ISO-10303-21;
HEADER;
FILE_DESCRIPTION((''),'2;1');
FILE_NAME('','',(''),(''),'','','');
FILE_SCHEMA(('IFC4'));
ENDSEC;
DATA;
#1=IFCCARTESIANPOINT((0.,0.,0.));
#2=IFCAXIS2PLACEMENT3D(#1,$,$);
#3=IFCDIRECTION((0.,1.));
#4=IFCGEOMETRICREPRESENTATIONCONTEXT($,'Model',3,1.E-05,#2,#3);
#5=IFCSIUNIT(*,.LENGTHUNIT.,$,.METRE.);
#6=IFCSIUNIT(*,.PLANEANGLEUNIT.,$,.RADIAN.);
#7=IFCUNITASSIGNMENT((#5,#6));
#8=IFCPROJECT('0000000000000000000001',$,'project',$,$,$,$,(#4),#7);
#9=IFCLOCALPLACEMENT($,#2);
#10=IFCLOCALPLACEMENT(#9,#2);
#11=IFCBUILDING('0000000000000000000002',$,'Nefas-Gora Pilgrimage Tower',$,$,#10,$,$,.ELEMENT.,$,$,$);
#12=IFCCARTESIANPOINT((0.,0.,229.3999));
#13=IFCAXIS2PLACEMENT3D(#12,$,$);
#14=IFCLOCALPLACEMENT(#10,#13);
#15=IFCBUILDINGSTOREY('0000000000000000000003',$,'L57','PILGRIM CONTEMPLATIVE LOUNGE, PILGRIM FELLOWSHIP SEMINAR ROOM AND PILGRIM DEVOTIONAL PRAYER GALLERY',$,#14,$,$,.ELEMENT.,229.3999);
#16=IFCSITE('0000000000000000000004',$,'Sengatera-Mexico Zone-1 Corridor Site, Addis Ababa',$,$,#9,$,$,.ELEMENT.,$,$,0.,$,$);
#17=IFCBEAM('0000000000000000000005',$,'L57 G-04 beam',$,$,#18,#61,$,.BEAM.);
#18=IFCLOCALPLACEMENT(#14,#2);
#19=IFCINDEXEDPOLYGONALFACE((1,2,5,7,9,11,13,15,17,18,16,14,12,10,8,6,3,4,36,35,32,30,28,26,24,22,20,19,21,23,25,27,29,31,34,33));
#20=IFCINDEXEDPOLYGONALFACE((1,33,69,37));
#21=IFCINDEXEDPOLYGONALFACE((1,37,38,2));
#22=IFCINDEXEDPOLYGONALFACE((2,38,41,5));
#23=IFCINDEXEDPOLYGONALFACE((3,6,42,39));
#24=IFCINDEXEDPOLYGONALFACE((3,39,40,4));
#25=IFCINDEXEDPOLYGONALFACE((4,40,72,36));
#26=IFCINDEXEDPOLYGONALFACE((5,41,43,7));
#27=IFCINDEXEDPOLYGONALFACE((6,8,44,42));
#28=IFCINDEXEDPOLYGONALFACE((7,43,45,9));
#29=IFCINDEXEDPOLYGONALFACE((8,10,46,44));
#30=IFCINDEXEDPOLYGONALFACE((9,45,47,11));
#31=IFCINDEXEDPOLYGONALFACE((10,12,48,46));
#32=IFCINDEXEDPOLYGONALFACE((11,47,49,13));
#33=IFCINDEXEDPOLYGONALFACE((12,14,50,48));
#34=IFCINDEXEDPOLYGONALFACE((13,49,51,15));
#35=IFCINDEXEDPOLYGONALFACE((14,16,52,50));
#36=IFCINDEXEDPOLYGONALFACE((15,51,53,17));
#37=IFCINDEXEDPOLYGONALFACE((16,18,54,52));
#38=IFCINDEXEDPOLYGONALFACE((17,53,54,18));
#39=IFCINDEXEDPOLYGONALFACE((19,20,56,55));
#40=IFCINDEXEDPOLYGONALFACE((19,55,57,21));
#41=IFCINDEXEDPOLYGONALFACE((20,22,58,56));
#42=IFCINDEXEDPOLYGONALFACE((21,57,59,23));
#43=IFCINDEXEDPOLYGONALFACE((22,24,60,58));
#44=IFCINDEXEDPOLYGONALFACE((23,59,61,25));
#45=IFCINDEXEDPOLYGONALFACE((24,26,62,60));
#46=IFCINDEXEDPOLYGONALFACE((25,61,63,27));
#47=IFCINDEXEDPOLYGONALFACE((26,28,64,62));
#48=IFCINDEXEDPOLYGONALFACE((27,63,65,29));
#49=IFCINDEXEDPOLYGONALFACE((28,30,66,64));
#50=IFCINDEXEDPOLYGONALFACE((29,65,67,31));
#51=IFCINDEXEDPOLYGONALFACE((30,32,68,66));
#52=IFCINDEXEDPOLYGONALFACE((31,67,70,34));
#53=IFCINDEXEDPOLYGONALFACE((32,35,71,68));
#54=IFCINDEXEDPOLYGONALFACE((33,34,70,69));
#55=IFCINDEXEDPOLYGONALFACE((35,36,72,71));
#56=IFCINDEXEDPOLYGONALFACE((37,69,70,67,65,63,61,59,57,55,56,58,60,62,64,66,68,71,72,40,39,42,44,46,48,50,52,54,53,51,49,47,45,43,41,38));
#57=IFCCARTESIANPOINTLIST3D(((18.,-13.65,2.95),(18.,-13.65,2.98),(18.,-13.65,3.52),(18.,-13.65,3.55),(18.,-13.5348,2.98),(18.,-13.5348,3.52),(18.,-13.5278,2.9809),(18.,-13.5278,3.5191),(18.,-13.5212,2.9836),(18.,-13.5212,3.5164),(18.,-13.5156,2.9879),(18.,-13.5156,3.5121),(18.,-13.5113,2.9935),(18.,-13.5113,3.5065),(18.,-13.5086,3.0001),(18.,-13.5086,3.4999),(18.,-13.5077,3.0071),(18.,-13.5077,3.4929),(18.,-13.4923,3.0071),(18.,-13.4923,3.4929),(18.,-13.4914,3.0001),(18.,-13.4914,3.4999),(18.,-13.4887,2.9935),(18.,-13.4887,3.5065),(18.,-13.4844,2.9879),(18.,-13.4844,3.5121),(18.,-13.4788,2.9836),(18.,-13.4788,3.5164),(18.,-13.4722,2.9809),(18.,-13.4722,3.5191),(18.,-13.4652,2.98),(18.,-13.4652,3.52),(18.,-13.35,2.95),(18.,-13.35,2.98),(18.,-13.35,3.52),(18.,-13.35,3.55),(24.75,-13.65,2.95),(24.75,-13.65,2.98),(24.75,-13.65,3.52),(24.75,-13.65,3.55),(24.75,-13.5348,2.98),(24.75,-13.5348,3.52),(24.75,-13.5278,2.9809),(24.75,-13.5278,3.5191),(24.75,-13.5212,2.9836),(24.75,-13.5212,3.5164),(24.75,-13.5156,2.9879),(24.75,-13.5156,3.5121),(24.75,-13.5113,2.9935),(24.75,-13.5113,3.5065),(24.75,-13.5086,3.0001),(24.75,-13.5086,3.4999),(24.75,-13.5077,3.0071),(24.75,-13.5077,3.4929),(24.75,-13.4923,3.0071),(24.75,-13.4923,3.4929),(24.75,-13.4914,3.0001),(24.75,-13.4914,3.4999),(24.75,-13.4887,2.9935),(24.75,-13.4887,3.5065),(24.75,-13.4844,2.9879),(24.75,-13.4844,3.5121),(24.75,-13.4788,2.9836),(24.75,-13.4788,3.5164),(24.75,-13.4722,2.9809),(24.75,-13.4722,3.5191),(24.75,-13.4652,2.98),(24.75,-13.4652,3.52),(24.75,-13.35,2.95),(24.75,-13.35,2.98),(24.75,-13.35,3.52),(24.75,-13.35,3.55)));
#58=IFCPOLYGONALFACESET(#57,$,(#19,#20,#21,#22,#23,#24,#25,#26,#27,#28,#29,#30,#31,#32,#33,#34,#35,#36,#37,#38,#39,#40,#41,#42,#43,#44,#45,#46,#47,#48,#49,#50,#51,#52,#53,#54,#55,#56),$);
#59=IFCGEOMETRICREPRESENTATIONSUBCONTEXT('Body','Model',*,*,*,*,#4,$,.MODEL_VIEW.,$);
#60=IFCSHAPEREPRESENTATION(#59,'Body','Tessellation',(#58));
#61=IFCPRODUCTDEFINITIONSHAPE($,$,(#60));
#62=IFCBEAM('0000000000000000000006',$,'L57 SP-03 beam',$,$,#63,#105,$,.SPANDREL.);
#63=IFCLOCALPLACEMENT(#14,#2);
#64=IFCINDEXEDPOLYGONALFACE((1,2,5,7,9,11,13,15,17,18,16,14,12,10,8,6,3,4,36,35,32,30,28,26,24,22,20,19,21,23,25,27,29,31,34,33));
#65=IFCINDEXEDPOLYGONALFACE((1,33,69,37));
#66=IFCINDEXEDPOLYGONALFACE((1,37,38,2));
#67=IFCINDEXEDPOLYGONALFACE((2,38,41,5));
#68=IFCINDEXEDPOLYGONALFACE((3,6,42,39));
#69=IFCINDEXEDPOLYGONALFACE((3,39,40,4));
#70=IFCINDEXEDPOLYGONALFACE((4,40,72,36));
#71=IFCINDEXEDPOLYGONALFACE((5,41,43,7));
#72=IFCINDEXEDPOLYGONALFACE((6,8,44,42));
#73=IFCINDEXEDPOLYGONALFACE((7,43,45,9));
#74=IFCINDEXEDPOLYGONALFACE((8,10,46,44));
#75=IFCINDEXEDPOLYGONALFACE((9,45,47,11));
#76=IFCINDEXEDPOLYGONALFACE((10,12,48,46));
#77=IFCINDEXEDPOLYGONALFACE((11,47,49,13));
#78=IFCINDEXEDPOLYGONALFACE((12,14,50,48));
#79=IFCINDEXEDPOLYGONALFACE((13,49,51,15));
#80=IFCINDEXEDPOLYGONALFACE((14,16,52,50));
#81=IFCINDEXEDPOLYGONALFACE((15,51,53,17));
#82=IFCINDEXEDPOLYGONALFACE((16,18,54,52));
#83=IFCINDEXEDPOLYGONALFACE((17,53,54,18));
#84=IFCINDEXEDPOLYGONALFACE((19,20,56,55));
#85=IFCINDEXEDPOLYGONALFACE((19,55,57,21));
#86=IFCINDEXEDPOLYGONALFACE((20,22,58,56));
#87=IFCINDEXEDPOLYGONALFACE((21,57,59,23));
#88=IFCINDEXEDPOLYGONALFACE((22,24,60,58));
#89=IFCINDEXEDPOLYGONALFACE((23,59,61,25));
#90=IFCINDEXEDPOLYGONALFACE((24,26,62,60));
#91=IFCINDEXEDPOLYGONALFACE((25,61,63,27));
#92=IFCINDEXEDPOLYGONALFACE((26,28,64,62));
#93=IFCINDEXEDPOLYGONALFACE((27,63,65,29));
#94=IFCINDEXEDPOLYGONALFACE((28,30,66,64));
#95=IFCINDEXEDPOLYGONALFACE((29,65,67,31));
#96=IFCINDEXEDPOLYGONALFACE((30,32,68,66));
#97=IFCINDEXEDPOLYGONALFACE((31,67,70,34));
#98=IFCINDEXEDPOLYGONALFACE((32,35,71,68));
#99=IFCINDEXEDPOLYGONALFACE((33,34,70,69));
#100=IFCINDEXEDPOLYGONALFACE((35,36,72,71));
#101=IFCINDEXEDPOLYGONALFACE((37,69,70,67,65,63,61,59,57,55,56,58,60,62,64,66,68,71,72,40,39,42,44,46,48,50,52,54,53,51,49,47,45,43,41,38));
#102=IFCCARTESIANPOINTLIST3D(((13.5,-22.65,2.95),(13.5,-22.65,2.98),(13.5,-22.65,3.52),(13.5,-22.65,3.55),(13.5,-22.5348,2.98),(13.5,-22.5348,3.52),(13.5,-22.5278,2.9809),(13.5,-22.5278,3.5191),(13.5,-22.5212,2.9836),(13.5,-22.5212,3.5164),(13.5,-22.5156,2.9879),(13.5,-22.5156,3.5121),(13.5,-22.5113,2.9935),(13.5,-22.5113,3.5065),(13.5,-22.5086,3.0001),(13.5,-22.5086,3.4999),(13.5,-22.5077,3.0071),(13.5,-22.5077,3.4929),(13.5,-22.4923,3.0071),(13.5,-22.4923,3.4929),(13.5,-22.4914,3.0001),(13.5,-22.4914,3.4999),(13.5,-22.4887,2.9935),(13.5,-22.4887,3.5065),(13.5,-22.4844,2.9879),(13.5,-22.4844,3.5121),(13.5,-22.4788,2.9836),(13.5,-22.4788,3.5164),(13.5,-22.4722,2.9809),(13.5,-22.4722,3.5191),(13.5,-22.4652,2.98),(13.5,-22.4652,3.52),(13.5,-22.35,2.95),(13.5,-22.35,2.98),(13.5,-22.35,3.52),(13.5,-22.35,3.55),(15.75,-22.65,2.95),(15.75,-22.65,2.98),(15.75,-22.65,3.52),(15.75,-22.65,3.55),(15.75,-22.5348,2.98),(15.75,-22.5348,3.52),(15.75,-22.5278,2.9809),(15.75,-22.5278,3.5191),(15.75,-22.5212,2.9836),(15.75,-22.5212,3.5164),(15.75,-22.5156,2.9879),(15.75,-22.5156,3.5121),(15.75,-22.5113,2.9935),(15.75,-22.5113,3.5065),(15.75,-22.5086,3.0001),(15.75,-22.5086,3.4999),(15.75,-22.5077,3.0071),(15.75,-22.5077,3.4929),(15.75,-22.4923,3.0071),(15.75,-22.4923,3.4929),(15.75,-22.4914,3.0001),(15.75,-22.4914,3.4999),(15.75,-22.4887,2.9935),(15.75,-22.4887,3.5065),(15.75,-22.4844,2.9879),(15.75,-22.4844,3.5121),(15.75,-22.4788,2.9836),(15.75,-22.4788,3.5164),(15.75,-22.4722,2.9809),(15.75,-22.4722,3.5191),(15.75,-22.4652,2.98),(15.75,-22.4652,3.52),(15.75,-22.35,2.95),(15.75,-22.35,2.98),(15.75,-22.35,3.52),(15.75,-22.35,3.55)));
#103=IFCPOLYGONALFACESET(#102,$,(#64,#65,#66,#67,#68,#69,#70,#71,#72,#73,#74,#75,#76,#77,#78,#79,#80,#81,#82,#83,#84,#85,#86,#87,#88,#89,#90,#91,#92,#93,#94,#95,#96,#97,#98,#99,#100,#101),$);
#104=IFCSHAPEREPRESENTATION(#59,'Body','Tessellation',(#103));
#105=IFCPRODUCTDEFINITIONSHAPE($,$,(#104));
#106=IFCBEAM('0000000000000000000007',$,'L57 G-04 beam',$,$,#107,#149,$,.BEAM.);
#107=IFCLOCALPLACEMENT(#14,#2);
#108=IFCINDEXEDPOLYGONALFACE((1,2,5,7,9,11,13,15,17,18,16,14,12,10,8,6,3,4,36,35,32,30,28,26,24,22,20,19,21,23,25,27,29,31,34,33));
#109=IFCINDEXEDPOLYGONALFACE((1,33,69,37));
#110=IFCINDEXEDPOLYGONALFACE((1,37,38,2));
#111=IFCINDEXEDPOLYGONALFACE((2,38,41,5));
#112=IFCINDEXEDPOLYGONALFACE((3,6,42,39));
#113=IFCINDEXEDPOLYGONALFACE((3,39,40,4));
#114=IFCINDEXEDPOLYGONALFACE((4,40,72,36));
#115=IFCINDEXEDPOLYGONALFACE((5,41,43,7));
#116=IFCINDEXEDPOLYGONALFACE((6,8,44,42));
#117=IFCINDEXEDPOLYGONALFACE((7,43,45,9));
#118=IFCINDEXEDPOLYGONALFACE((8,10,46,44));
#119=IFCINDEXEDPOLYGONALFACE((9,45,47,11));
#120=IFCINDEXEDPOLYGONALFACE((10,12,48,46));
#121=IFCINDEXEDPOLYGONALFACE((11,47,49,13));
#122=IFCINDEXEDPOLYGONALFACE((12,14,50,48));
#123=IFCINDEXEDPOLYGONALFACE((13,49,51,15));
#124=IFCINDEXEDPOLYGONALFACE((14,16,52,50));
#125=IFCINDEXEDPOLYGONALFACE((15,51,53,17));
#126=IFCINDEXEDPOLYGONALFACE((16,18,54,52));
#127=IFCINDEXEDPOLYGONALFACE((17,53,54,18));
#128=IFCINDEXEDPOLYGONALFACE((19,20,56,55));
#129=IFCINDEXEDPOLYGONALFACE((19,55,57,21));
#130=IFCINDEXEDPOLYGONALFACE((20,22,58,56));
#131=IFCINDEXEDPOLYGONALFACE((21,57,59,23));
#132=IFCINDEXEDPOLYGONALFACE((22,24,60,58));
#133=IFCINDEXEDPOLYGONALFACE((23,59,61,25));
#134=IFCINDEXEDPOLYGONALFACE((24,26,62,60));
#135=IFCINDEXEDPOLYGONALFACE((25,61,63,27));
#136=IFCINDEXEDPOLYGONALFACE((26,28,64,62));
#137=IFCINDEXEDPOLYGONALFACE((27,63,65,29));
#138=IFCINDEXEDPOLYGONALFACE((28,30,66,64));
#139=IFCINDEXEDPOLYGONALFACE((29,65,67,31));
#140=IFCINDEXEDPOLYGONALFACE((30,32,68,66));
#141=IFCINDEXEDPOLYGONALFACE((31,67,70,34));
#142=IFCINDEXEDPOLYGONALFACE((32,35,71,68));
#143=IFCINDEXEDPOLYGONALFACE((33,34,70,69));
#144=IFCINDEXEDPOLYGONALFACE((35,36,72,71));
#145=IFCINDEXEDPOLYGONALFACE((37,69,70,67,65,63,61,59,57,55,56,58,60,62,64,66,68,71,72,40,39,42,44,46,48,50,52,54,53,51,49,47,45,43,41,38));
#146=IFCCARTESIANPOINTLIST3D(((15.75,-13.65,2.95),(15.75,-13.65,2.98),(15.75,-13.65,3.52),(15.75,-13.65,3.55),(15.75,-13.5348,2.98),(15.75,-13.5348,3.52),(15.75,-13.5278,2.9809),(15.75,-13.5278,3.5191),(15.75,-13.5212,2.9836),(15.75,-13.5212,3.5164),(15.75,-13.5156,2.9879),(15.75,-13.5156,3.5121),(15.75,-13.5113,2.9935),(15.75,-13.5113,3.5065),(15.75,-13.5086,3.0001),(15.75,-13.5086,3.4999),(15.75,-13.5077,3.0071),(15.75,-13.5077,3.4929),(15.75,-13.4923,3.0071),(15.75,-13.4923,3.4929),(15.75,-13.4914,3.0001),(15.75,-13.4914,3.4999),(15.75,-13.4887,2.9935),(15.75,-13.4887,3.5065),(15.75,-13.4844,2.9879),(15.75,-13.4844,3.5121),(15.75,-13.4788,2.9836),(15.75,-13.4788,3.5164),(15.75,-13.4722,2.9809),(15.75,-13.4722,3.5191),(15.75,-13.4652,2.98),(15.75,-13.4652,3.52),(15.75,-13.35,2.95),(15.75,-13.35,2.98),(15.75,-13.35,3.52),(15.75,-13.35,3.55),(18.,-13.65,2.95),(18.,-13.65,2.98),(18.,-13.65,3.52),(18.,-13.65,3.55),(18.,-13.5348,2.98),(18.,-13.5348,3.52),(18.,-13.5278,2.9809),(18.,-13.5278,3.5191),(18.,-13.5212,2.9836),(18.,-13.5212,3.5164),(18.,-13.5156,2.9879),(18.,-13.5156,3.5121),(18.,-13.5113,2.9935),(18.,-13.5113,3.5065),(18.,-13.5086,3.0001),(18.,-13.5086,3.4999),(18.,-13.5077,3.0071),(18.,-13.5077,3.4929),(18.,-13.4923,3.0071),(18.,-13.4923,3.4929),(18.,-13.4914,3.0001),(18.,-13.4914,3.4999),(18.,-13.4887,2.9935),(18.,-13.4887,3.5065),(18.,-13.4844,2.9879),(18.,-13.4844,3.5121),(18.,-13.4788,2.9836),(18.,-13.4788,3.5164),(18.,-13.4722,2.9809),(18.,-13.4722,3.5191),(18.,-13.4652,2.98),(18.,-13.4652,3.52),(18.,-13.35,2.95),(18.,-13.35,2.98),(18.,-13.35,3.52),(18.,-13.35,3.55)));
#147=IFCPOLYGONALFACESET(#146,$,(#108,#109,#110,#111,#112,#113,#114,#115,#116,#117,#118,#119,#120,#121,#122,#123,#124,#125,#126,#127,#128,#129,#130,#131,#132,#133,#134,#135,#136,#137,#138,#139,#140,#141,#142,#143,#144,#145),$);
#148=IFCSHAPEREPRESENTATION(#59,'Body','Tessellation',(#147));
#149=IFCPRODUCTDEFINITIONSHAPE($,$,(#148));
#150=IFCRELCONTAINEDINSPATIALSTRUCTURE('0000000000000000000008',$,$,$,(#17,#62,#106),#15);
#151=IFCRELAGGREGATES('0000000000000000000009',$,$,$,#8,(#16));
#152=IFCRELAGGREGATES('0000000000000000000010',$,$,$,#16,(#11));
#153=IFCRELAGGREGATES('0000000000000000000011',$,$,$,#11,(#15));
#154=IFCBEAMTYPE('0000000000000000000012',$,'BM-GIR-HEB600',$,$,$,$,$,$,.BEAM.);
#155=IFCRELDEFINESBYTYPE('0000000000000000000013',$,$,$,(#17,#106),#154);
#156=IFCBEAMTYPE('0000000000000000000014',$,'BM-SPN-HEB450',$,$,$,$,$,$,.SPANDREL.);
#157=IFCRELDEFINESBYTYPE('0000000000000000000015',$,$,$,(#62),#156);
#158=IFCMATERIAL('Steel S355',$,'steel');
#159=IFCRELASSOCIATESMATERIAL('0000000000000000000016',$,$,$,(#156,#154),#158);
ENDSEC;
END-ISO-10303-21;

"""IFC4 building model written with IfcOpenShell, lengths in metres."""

from ifc_helpers import new_model, si_unit, direction, frame, origin, origin_2d, place, context, subcontext, project, spatial, i_section, extrude, source, transform, mapped, material, material_profile, profile_set, type_object, element, save


model = new_model("IFC4")

# Units and contexts
model_context = context("Model", 3, precision=1e-05, world=origin(), true_north=direction((0.0, 1.0)))
body_context = subcontext(model_context, "Body", "Model", "MODEL_VIEW")
ifc_project = project(units=[si_unit("LENGTHUNIT", "METRE"), si_unit("PLANEANGLEUNIT", "RADIAN")], contexts=[model_context])

# Site, building, storey
site_placement = place(None, origin())
site = spatial("IfcSite", under=ifc_project, at=site_placement, Name="Sengatera-Mexico Zone-1 Corridor Site, Addis Ababa", CompositionType="ELEMENT", RefElevation=0.0)
building_placement = place(site_placement, origin())
building = spatial("IfcBuilding", under=site, at=building_placement, Name="Nefas-Gora Pilgrimage Tower", CompositionType="ELEMENT")
storey_placement = place(building_placement, frame((0.0, 0.0, 229.3999)))
storey = spatial("IfcBuildingStorey", under=building, at=storey_placement, Name="L57", Description="PILGRIM CONTEMPLATIVE LOUNGE, PILGRIM FELLOWSHIP SEMINAR ROOM AND PILGRIM DEVOTIONAL PRAYER GALLERY", CompositionType="ELEMENT", Elevation=229.3999)

# Beams
ifc_material_1 = material(Name="Steel S355", Category="steel")
ifc_material_profile_1 = material_profile(ifc_material_1, i_section(OverallWidth=0.3, OverallDepth=0.6001, WebThickness=0.0154, FlangeThickness=0.03, FilletRadius=0.0271, at=origin_2d()), Name="HEB 600")
ifc_profile_set_1 = profile_set([ifc_material_profile_1], Name="Steel S355")
beam_type_1 = type_object("IfcBeamType", Name="BM-SPN-HEB450", PredefinedType="SPANDREL", material=ifc_profile_set_1)
ifc_material_profile_2 = material_profile(ifc_material_1, i_section(OverallWidth=0.3, OverallDepth=0.6001, WebThickness=0.0154, FlangeThickness=0.03, FilletRadius=0.0271, at=origin_2d()), Name="HEB 600")
ifc_profile_set_2 = profile_set([ifc_material_profile_2], Name="Steel S355")
beam_type_2 = type_object("IfcBeamType", Name="BM-GIR-HEB600", PredefinedType="BEAM", material=ifc_profile_set_2)
shared_shape_1 = source(origin(), body_context, "Body", "SweptSolid", [
    extrude(i_section(OverallWidth=0.3, OverallDepth=0.6001, WebThickness=0.0154, FlangeThickness=0.03, FilletRadius=0.0271, at=origin_2d()), origin(), (0.0, 0.0, 1.0), 6.75),
])
beam_1_placement = place(storey_placement, frame((18.0, -13.5, 3.25), z_axis=(1.0, 0.0, 0.0), x_axis=(0.0, 1.0, 0.0)))
element("IfcBeam", 1, at=beam_1_placement, inside=storey, type_object=beam_type_2, Name="L57 G-04 beam", PredefinedType="BEAM", context=body_context, shape_type="MappedRepresentation", body=[
    mapped(shared_shape_1, transform((0.0, 0.0, 0.0), x_axis=(1.0, 0.0, 0.0), y_axis=(0.0, 1.0, 0.0), z_axis=(0.0, 0.0, 1.0), scale=1.0)),
])
shared_shape_2 = source(origin(), body_context, "Body", "SweptSolid", [
    extrude(i_section(OverallWidth=0.3, OverallDepth=0.6001, WebThickness=0.0154, FlangeThickness=0.03, FilletRadius=0.0271, at=origin_2d()), origin(), (0.0, 0.0, 1.0), 2.25),
])
beam_2_placement = place(storey_placement, frame((13.5, -22.5, 3.25), z_axis=(1.0, 0.0, 0.0), x_axis=(0.0, 1.0, 0.0)))
element("IfcBeam", 2, at=beam_2_placement, inside=storey, type_object=beam_type_1, Name="L57 SP-03 beam", PredefinedType="SPANDREL", context=body_context, shape_type="MappedRepresentation", body=[
    mapped(shared_shape_2, transform((0.0, 0.0, 0.0), x_axis=(1.0, 0.0, 0.0), y_axis=(0.0, 1.0, 0.0), z_axis=(0.0, 0.0, 1.0), scale=1.0)),
])
shared_shape_3 = source(origin(), body_context, "Body", "SweptSolid", [
    extrude(i_section(OverallWidth=0.3, OverallDepth=0.6001, WebThickness=0.0154, FlangeThickness=0.03, FilletRadius=0.0271, at=origin_2d()), origin(), (0.0, 0.0, 1.0), 2.25),
])
beam_3_placement = place(storey_placement, frame((15.75, -13.5, 3.25), z_axis=(1.0, 0.0, 0.0), x_axis=(0.0, 1.0, 0.0)))
element("IfcBeam", 3, at=beam_3_placement, inside=storey, type_object=beam_type_2, Name="L57 G-04 beam", PredefinedType="BEAM", context=body_context, shape_type="MappedRepresentation", body=[
    mapped(shared_shape_3, transform((0.0, 0.0, 0.0), x_axis=(1.0, 0.0, 0.0), y_axis=(0.0, 1.0, 0.0), z_axis=(0.0, 0.0, 1.0), scale=1.0)),
])

save(model, "model.ifc")
